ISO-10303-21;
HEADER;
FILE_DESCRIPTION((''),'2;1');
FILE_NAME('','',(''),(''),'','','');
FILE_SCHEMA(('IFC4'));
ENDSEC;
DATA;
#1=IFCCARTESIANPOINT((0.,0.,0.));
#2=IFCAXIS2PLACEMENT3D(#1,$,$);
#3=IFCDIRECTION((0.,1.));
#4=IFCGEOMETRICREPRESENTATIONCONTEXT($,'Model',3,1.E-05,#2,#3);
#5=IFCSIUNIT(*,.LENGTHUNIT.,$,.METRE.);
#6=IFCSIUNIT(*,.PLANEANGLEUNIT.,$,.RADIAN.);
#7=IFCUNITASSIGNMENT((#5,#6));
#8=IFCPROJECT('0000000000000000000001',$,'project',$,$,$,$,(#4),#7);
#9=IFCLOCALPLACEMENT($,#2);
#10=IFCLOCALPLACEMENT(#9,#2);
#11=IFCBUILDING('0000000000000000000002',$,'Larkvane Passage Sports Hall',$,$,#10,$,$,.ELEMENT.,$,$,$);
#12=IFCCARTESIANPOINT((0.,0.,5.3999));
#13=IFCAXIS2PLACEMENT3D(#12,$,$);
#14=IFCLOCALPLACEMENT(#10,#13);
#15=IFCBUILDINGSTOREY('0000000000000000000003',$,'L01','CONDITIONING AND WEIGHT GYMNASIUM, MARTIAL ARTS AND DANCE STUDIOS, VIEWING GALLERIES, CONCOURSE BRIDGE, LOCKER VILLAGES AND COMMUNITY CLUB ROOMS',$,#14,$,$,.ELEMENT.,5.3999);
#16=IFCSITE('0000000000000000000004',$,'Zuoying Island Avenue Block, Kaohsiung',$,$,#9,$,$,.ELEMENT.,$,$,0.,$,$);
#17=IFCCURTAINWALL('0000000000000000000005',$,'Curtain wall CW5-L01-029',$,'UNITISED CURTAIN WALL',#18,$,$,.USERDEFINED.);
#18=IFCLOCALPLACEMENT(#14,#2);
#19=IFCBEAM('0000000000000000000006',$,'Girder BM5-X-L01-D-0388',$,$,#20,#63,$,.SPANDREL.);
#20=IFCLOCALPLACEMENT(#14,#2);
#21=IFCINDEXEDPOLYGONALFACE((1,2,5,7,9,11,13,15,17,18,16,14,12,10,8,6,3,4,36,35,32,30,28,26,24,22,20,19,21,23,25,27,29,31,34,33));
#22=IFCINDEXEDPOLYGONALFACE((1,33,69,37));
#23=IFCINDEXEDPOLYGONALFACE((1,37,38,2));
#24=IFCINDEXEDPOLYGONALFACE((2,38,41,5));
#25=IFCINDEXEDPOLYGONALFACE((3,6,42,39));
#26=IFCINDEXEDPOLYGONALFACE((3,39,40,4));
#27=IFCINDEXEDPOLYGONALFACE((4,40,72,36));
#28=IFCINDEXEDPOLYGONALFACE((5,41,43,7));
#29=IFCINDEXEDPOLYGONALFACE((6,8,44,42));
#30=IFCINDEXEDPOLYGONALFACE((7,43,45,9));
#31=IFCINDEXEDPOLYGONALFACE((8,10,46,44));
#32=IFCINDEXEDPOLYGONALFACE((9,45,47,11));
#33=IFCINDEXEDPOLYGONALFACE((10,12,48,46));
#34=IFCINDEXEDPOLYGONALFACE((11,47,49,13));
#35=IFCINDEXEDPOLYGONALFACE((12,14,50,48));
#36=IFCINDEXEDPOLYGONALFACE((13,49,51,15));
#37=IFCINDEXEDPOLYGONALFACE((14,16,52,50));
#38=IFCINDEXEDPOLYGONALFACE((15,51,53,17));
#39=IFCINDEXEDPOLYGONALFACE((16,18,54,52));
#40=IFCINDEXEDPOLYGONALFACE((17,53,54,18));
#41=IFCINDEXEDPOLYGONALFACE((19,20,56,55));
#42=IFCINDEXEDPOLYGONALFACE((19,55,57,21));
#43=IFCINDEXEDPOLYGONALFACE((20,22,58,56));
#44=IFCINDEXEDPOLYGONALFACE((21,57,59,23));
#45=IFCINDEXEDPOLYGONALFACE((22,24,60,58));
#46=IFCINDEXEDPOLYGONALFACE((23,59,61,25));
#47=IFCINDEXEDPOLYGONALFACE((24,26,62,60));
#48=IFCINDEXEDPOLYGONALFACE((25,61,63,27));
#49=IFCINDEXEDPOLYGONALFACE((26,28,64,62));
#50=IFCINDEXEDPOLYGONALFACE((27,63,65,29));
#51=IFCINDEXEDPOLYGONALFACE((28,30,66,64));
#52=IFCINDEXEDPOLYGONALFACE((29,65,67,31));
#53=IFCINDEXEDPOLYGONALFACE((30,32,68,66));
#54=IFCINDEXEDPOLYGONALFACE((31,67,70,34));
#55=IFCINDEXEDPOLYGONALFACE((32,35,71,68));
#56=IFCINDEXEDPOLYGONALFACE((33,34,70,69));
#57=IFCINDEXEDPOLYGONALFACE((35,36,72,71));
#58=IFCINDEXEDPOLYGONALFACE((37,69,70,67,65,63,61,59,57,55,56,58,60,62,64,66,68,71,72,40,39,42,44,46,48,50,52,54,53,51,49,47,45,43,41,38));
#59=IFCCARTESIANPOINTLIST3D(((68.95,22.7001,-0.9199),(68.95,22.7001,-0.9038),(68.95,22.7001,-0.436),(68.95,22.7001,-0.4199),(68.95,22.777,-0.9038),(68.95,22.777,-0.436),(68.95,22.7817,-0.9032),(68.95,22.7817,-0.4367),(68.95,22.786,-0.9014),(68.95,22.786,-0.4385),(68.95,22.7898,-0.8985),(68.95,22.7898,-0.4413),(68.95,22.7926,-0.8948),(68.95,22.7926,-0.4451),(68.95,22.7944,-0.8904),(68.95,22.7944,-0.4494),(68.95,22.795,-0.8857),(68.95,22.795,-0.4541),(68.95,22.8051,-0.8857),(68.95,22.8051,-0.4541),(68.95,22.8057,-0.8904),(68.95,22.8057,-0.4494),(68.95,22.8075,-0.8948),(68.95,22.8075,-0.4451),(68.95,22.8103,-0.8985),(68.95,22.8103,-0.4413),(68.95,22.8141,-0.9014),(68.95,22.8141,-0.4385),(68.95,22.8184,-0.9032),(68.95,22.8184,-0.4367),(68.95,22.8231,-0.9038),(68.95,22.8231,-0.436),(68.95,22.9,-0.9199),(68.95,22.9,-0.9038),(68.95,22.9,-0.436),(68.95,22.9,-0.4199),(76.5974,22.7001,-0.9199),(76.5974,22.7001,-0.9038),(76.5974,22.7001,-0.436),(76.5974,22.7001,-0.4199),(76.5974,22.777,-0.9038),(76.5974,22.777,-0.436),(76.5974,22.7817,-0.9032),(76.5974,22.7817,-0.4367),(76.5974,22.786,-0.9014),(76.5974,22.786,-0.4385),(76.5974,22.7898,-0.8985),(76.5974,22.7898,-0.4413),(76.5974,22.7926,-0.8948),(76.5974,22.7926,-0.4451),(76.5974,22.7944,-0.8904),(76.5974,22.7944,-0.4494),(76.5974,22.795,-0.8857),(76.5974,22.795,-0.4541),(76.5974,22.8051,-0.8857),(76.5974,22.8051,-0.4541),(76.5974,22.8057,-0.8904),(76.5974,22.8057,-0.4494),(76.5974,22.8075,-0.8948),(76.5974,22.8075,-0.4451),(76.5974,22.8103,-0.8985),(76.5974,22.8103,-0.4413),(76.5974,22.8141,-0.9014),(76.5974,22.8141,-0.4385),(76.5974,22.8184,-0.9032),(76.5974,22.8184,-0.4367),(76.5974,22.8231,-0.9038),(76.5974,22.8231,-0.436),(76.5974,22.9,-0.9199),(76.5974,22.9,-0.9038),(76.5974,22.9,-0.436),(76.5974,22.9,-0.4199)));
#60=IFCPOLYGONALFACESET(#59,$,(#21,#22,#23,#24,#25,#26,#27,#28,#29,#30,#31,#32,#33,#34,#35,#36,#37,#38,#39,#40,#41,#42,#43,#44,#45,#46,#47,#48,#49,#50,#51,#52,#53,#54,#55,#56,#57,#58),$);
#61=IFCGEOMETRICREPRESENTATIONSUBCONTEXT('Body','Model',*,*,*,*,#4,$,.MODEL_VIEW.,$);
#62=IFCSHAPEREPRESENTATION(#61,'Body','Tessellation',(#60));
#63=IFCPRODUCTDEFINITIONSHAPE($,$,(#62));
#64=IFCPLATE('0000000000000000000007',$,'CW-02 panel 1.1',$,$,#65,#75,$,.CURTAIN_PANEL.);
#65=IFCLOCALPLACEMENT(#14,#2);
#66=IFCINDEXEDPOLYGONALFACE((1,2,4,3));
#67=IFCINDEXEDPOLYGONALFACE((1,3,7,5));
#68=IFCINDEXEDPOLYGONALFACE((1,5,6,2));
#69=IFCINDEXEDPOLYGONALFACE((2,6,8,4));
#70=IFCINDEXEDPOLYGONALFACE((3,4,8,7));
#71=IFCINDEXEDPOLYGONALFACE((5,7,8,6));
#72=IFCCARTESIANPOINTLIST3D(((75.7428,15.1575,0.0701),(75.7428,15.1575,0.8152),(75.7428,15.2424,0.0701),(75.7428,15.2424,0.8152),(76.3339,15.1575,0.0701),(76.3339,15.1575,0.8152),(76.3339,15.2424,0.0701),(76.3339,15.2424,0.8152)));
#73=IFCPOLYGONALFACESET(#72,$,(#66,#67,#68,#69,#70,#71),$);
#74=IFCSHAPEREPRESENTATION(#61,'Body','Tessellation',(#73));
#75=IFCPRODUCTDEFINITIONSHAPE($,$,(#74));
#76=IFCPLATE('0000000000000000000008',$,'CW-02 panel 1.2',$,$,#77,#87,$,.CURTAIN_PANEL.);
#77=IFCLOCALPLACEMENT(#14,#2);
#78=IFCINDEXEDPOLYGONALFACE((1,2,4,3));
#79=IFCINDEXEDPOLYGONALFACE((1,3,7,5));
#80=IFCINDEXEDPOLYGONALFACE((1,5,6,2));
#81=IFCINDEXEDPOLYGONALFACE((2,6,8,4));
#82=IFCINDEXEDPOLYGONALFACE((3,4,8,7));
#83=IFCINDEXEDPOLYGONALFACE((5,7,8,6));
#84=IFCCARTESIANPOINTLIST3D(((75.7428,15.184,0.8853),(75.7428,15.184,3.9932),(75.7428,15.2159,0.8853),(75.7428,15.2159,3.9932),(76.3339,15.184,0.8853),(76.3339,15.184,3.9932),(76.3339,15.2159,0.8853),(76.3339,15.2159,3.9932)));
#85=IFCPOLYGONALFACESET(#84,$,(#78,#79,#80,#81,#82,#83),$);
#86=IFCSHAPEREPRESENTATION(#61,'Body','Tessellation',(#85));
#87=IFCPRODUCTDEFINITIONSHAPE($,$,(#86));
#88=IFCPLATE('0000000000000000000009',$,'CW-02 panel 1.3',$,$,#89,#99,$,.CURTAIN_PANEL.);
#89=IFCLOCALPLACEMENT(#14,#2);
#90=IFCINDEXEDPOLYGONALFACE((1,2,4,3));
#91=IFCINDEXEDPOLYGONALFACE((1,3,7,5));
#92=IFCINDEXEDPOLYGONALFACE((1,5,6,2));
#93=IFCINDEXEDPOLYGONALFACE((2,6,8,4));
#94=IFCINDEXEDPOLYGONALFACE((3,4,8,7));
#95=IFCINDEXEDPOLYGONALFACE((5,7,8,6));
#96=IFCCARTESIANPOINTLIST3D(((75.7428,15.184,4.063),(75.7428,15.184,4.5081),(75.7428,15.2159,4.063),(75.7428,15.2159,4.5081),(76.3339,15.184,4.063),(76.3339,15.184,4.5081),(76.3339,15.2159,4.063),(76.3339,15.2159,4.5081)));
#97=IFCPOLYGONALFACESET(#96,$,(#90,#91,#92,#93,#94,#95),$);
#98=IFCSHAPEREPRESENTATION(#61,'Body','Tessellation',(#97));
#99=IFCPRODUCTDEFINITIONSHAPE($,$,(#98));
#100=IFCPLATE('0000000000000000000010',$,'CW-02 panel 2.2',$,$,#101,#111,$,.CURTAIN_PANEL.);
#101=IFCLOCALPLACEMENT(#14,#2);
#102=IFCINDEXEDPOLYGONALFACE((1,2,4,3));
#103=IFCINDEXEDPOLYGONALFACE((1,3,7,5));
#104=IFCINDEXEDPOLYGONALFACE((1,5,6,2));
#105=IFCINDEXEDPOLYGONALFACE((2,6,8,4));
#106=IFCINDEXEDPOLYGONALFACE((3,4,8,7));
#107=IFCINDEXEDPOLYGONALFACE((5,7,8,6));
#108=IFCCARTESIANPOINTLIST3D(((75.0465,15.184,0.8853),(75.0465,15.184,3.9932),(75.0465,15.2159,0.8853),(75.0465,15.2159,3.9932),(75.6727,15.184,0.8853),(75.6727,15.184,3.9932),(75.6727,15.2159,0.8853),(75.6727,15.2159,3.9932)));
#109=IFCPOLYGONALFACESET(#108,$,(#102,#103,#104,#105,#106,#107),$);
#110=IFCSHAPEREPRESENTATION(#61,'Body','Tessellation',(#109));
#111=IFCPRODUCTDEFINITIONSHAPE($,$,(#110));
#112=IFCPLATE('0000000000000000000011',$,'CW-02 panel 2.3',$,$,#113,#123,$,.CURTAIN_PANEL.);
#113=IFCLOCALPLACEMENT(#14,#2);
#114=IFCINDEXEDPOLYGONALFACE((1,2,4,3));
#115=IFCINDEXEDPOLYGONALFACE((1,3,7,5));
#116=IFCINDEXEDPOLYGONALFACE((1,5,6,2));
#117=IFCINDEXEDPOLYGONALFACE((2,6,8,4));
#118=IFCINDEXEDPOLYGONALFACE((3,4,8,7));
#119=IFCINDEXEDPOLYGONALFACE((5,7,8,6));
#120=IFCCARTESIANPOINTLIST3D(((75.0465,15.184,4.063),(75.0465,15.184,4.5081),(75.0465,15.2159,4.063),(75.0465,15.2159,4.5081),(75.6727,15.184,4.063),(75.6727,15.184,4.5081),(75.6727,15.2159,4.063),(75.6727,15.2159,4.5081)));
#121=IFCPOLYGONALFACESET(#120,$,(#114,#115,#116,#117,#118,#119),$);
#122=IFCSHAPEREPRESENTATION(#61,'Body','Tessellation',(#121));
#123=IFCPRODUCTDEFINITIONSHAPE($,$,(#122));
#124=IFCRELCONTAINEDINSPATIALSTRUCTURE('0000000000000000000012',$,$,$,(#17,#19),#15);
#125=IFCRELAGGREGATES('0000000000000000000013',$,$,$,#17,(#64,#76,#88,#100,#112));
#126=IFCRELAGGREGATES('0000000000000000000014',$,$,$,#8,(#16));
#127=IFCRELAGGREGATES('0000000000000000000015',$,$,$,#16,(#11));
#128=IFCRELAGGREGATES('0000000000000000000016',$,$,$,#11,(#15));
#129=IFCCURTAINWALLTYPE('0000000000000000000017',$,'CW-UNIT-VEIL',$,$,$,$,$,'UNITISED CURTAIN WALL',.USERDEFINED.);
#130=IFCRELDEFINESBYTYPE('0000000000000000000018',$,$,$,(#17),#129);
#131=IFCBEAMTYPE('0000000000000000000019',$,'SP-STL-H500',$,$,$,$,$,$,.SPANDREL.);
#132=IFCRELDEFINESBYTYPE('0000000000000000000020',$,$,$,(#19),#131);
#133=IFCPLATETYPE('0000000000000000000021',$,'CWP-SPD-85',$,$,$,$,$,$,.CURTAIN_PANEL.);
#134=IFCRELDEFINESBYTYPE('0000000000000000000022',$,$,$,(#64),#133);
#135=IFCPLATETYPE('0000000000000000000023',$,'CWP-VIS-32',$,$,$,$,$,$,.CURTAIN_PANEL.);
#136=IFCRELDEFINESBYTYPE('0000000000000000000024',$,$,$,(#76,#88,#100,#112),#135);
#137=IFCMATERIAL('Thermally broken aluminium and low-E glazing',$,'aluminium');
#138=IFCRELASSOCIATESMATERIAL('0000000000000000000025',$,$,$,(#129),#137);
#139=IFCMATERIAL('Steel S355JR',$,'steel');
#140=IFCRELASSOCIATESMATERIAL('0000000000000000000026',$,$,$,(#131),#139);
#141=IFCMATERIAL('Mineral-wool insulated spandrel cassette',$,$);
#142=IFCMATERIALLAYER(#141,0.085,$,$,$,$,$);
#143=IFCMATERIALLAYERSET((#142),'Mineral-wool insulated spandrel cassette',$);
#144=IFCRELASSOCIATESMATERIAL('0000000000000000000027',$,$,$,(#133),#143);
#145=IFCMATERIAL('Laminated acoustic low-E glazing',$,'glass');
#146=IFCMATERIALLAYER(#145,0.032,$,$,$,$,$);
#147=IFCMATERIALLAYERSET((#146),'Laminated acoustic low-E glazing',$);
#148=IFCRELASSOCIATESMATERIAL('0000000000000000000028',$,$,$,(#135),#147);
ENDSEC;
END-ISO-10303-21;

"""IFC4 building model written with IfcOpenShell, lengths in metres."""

from ifc_helpers import new_model, si_unit, direction, frame, origin, origin_2d, place, context, subcontext, project, spatial, rectangle, i_section, extrude, material, layer, layer_set, material_profile, profile_set, type_object, element, aggregate, save


model = new_model("IFC4")

# Units and contexts
model_context = context("Model", 3, precision=1e-05, world=origin(), true_north=direction((0.0, 1.0)))
body_context = subcontext(model_context, "Body", "Model", "MODEL_VIEW")
ifc_project = project(units=[si_unit("LENGTHUNIT", "METRE"), si_unit("PLANEANGLEUNIT", "RADIAN")], contexts=[model_context])

# Site, building, storey
site_placement = place(None, origin())
site = spatial("IfcSite", under=ifc_project, at=site_placement, Name="Zuoying Island Avenue Block, Kaohsiung", CompositionType="ELEMENT", RefElevation=0.0)
building_placement = place(site_placement, origin())
building = spatial("IfcBuilding", under=site, at=building_placement, Name="Larkvane Passage Sports Hall", CompositionType="ELEMENT")
storey_placement = place(building_placement, frame((0.0, 0.0, 5.3999)))
storey = spatial("IfcBuildingStorey", under=building, at=storey_placement, Name="L01", Description="CONDITIONING AND WEIGHT GYMNASIUM, MARTIAL ARTS AND DANCE STUDIOS, VIEWING GALLERIES, CONCOURSE BRIDGE, LOCKER VILLAGES AND COMMUNITY CLUB ROOMS", CompositionType="ELEMENT", Elevation=5.3999)

# Shared definitions
ifc_material_1 = material(Name="Steel S355JR", Category="steel")

# Curtain wall
ifc_material_2 = material(Name="Thermally broken aluminium and low-E glazing", Category="aluminium")
curtain_wall_type = type_object("IfcCurtainWallType", Name="CW-UNIT-VEIL", ElementType="UNITISED CURTAIN WALL", PredefinedType="USERDEFINED", material=ifc_material_2)
curtain_wall_placement = place(storey_placement, origin())
curtain_wall = element("IfcCurtainWall", 1, at=curtain_wall_placement, inside=storey, type_object=curtain_wall_type, Name="Curtain wall CW5-L01-029", ObjectType="UNITISED CURTAIN WALL", PredefinedType="USERDEFINED")

# Beam
ifc_material_profile_1 = material_profile(ifc_material_1, i_section(OverallWidth=0.2, OverallDepth=0.5, WebThickness=0.01, FlangeThickness=0.0161, FilletRadius=0.0181, at=origin_2d()), Name="H-500x200x10x16")
ifc_profile_set_1 = profile_set([ifc_material_profile_1], Name="Steel S355JR")
beam_type_1 = type_object("IfcBeamType", Name="SP-STL-H500", PredefinedType="SPANDREL", material=ifc_profile_set_1)
beam_1_placement = place(storey_placement, frame((68.95, 22.8, -0.6699), z_axis=(1.0, 0.0, 0.0), x_axis=(0.0, 1.0, 0.0)))
element("IfcBeam", 2, at=beam_1_placement, inside=storey, type_object=beam_type_1, Name="Girder BM5-X-L01-D-0388", PredefinedType="SPANDREL", context=body_context, shape_type="SweptSolid", body=[
    extrude(i_section(OverallWidth=0.2, OverallDepth=0.5, WebThickness=0.01, FlangeThickness=0.0161, FilletRadius=0.0181, at=origin_2d()), origin(), (0.0, 0.0, 1.0), 7.6475),
])

# Plates
ifc_material_3 = material(Name="Mineral-wool insulated spandrel cassette")
ifc_layer_1 = layer(ifc_material_3, 0.085)
ifc_layer_set_1 = layer_set([ifc_layer_1], Name="Mineral-wool insulated spandrel cassette")
plate_type_1 = type_object("IfcPlateType", Name="CWP-SPD-85", PredefinedType="CURTAIN_PANEL", material=ifc_layer_set_1)
plate_1_placement = place(storey_placement, frame((76.0383, 15.2, 0.0701), z_axis=(0.0, 0.0, 1.0), x_axis=(-1.0, 0.0, 0.0)))
plate_1 = element("IfcPlate", 3, at=plate_1_placement, type_object=plate_type_1, Name="CW-02 panel 1.1", PredefinedType="CURTAIN_PANEL", context=body_context, shape_type="SweptSolid", body=[
    extrude(rectangle(XDim=0.5911, YDim=0.085, at=origin_2d()), origin(), (0.0, 0.0, 1.0), 0.7451),
])
ifc_material_4 = material(Name="Laminated acoustic low-E glazing", Category="glass")
ifc_layer_2 = layer(ifc_material_4, 0.032)
ifc_layer_set_2 = layer_set([ifc_layer_2], Name="Laminated acoustic low-E glazing")
plate_type_2 = type_object("IfcPlateType", Name="CWP-VIS-32", PredefinedType="CURTAIN_PANEL", material=ifc_layer_set_2)
plate_2_placement = place(storey_placement, frame((76.0383, 15.2, 0.8853), z_axis=(0.0, 0.0, 1.0), x_axis=(-1.0, 0.0, 0.0)))
plate_2 = element("IfcPlate", 4, at=plate_2_placement, type_object=plate_type_2, Name="CW-02 panel 1.2", PredefinedType="CURTAIN_PANEL", context=body_context, shape_type="SweptSolid", body=[
    extrude(rectangle(XDim=0.5911, YDim=0.032, at=origin_2d()), origin(), (0.0, 0.0, 1.0), 3.1079),
])
plate_3_placement = place(storey_placement, frame((76.0383, 15.2, 4.063), z_axis=(0.0, 0.0, 1.0), x_axis=(-1.0, 0.0, 0.0)))
plate_3 = element("IfcPlate", 5, at=plate_3_placement, type_object=plate_type_2, Name="CW-02 panel 1.3", PredefinedType="CURTAIN_PANEL", context=body_context, shape_type="SweptSolid", body=[
    extrude(rectangle(XDim=0.5911, YDim=0.032, at=origin_2d()), origin(), (0.0, 0.0, 1.0), 0.4451),
])
plate_4_placement = place(storey_placement, frame((75.3596, 15.2, 0.8853), z_axis=(0.0, 0.0, 1.0), x_axis=(-1.0, 0.0, 0.0)))
plate_4 = element("IfcPlate", 6, at=plate_4_placement, type_object=plate_type_2, Name="CW-02 panel 2.2", PredefinedType="CURTAIN_PANEL", context=body_context, shape_type="SweptSolid", body=[
    extrude(rectangle(XDim=0.6262, YDim=0.032, at=origin_2d()), origin(), (0.0, 0.0, 1.0), 3.1079),
])
plate_5_placement = place(storey_placement, frame((75.3596, 15.2, 4.063), z_axis=(0.0, 0.0, 1.0), x_axis=(-1.0, 0.0, 0.0)))
plate_5 = element("IfcPlate", 7, at=plate_5_placement, type_object=plate_type_2, Name="CW-02 panel 2.3", PredefinedType="CURTAIN_PANEL", context=body_context, shape_type="SweptSolid", body=[
    extrude(rectangle(XDim=0.6262, YDim=0.032, at=origin_2d()), origin(), (0.0, 0.0, 1.0), 0.4451),
])
aggregate(curtain_wall, [plate_1, plate_2, plate_3, plate_4, plate_5])

save(model, "model.ifc")
